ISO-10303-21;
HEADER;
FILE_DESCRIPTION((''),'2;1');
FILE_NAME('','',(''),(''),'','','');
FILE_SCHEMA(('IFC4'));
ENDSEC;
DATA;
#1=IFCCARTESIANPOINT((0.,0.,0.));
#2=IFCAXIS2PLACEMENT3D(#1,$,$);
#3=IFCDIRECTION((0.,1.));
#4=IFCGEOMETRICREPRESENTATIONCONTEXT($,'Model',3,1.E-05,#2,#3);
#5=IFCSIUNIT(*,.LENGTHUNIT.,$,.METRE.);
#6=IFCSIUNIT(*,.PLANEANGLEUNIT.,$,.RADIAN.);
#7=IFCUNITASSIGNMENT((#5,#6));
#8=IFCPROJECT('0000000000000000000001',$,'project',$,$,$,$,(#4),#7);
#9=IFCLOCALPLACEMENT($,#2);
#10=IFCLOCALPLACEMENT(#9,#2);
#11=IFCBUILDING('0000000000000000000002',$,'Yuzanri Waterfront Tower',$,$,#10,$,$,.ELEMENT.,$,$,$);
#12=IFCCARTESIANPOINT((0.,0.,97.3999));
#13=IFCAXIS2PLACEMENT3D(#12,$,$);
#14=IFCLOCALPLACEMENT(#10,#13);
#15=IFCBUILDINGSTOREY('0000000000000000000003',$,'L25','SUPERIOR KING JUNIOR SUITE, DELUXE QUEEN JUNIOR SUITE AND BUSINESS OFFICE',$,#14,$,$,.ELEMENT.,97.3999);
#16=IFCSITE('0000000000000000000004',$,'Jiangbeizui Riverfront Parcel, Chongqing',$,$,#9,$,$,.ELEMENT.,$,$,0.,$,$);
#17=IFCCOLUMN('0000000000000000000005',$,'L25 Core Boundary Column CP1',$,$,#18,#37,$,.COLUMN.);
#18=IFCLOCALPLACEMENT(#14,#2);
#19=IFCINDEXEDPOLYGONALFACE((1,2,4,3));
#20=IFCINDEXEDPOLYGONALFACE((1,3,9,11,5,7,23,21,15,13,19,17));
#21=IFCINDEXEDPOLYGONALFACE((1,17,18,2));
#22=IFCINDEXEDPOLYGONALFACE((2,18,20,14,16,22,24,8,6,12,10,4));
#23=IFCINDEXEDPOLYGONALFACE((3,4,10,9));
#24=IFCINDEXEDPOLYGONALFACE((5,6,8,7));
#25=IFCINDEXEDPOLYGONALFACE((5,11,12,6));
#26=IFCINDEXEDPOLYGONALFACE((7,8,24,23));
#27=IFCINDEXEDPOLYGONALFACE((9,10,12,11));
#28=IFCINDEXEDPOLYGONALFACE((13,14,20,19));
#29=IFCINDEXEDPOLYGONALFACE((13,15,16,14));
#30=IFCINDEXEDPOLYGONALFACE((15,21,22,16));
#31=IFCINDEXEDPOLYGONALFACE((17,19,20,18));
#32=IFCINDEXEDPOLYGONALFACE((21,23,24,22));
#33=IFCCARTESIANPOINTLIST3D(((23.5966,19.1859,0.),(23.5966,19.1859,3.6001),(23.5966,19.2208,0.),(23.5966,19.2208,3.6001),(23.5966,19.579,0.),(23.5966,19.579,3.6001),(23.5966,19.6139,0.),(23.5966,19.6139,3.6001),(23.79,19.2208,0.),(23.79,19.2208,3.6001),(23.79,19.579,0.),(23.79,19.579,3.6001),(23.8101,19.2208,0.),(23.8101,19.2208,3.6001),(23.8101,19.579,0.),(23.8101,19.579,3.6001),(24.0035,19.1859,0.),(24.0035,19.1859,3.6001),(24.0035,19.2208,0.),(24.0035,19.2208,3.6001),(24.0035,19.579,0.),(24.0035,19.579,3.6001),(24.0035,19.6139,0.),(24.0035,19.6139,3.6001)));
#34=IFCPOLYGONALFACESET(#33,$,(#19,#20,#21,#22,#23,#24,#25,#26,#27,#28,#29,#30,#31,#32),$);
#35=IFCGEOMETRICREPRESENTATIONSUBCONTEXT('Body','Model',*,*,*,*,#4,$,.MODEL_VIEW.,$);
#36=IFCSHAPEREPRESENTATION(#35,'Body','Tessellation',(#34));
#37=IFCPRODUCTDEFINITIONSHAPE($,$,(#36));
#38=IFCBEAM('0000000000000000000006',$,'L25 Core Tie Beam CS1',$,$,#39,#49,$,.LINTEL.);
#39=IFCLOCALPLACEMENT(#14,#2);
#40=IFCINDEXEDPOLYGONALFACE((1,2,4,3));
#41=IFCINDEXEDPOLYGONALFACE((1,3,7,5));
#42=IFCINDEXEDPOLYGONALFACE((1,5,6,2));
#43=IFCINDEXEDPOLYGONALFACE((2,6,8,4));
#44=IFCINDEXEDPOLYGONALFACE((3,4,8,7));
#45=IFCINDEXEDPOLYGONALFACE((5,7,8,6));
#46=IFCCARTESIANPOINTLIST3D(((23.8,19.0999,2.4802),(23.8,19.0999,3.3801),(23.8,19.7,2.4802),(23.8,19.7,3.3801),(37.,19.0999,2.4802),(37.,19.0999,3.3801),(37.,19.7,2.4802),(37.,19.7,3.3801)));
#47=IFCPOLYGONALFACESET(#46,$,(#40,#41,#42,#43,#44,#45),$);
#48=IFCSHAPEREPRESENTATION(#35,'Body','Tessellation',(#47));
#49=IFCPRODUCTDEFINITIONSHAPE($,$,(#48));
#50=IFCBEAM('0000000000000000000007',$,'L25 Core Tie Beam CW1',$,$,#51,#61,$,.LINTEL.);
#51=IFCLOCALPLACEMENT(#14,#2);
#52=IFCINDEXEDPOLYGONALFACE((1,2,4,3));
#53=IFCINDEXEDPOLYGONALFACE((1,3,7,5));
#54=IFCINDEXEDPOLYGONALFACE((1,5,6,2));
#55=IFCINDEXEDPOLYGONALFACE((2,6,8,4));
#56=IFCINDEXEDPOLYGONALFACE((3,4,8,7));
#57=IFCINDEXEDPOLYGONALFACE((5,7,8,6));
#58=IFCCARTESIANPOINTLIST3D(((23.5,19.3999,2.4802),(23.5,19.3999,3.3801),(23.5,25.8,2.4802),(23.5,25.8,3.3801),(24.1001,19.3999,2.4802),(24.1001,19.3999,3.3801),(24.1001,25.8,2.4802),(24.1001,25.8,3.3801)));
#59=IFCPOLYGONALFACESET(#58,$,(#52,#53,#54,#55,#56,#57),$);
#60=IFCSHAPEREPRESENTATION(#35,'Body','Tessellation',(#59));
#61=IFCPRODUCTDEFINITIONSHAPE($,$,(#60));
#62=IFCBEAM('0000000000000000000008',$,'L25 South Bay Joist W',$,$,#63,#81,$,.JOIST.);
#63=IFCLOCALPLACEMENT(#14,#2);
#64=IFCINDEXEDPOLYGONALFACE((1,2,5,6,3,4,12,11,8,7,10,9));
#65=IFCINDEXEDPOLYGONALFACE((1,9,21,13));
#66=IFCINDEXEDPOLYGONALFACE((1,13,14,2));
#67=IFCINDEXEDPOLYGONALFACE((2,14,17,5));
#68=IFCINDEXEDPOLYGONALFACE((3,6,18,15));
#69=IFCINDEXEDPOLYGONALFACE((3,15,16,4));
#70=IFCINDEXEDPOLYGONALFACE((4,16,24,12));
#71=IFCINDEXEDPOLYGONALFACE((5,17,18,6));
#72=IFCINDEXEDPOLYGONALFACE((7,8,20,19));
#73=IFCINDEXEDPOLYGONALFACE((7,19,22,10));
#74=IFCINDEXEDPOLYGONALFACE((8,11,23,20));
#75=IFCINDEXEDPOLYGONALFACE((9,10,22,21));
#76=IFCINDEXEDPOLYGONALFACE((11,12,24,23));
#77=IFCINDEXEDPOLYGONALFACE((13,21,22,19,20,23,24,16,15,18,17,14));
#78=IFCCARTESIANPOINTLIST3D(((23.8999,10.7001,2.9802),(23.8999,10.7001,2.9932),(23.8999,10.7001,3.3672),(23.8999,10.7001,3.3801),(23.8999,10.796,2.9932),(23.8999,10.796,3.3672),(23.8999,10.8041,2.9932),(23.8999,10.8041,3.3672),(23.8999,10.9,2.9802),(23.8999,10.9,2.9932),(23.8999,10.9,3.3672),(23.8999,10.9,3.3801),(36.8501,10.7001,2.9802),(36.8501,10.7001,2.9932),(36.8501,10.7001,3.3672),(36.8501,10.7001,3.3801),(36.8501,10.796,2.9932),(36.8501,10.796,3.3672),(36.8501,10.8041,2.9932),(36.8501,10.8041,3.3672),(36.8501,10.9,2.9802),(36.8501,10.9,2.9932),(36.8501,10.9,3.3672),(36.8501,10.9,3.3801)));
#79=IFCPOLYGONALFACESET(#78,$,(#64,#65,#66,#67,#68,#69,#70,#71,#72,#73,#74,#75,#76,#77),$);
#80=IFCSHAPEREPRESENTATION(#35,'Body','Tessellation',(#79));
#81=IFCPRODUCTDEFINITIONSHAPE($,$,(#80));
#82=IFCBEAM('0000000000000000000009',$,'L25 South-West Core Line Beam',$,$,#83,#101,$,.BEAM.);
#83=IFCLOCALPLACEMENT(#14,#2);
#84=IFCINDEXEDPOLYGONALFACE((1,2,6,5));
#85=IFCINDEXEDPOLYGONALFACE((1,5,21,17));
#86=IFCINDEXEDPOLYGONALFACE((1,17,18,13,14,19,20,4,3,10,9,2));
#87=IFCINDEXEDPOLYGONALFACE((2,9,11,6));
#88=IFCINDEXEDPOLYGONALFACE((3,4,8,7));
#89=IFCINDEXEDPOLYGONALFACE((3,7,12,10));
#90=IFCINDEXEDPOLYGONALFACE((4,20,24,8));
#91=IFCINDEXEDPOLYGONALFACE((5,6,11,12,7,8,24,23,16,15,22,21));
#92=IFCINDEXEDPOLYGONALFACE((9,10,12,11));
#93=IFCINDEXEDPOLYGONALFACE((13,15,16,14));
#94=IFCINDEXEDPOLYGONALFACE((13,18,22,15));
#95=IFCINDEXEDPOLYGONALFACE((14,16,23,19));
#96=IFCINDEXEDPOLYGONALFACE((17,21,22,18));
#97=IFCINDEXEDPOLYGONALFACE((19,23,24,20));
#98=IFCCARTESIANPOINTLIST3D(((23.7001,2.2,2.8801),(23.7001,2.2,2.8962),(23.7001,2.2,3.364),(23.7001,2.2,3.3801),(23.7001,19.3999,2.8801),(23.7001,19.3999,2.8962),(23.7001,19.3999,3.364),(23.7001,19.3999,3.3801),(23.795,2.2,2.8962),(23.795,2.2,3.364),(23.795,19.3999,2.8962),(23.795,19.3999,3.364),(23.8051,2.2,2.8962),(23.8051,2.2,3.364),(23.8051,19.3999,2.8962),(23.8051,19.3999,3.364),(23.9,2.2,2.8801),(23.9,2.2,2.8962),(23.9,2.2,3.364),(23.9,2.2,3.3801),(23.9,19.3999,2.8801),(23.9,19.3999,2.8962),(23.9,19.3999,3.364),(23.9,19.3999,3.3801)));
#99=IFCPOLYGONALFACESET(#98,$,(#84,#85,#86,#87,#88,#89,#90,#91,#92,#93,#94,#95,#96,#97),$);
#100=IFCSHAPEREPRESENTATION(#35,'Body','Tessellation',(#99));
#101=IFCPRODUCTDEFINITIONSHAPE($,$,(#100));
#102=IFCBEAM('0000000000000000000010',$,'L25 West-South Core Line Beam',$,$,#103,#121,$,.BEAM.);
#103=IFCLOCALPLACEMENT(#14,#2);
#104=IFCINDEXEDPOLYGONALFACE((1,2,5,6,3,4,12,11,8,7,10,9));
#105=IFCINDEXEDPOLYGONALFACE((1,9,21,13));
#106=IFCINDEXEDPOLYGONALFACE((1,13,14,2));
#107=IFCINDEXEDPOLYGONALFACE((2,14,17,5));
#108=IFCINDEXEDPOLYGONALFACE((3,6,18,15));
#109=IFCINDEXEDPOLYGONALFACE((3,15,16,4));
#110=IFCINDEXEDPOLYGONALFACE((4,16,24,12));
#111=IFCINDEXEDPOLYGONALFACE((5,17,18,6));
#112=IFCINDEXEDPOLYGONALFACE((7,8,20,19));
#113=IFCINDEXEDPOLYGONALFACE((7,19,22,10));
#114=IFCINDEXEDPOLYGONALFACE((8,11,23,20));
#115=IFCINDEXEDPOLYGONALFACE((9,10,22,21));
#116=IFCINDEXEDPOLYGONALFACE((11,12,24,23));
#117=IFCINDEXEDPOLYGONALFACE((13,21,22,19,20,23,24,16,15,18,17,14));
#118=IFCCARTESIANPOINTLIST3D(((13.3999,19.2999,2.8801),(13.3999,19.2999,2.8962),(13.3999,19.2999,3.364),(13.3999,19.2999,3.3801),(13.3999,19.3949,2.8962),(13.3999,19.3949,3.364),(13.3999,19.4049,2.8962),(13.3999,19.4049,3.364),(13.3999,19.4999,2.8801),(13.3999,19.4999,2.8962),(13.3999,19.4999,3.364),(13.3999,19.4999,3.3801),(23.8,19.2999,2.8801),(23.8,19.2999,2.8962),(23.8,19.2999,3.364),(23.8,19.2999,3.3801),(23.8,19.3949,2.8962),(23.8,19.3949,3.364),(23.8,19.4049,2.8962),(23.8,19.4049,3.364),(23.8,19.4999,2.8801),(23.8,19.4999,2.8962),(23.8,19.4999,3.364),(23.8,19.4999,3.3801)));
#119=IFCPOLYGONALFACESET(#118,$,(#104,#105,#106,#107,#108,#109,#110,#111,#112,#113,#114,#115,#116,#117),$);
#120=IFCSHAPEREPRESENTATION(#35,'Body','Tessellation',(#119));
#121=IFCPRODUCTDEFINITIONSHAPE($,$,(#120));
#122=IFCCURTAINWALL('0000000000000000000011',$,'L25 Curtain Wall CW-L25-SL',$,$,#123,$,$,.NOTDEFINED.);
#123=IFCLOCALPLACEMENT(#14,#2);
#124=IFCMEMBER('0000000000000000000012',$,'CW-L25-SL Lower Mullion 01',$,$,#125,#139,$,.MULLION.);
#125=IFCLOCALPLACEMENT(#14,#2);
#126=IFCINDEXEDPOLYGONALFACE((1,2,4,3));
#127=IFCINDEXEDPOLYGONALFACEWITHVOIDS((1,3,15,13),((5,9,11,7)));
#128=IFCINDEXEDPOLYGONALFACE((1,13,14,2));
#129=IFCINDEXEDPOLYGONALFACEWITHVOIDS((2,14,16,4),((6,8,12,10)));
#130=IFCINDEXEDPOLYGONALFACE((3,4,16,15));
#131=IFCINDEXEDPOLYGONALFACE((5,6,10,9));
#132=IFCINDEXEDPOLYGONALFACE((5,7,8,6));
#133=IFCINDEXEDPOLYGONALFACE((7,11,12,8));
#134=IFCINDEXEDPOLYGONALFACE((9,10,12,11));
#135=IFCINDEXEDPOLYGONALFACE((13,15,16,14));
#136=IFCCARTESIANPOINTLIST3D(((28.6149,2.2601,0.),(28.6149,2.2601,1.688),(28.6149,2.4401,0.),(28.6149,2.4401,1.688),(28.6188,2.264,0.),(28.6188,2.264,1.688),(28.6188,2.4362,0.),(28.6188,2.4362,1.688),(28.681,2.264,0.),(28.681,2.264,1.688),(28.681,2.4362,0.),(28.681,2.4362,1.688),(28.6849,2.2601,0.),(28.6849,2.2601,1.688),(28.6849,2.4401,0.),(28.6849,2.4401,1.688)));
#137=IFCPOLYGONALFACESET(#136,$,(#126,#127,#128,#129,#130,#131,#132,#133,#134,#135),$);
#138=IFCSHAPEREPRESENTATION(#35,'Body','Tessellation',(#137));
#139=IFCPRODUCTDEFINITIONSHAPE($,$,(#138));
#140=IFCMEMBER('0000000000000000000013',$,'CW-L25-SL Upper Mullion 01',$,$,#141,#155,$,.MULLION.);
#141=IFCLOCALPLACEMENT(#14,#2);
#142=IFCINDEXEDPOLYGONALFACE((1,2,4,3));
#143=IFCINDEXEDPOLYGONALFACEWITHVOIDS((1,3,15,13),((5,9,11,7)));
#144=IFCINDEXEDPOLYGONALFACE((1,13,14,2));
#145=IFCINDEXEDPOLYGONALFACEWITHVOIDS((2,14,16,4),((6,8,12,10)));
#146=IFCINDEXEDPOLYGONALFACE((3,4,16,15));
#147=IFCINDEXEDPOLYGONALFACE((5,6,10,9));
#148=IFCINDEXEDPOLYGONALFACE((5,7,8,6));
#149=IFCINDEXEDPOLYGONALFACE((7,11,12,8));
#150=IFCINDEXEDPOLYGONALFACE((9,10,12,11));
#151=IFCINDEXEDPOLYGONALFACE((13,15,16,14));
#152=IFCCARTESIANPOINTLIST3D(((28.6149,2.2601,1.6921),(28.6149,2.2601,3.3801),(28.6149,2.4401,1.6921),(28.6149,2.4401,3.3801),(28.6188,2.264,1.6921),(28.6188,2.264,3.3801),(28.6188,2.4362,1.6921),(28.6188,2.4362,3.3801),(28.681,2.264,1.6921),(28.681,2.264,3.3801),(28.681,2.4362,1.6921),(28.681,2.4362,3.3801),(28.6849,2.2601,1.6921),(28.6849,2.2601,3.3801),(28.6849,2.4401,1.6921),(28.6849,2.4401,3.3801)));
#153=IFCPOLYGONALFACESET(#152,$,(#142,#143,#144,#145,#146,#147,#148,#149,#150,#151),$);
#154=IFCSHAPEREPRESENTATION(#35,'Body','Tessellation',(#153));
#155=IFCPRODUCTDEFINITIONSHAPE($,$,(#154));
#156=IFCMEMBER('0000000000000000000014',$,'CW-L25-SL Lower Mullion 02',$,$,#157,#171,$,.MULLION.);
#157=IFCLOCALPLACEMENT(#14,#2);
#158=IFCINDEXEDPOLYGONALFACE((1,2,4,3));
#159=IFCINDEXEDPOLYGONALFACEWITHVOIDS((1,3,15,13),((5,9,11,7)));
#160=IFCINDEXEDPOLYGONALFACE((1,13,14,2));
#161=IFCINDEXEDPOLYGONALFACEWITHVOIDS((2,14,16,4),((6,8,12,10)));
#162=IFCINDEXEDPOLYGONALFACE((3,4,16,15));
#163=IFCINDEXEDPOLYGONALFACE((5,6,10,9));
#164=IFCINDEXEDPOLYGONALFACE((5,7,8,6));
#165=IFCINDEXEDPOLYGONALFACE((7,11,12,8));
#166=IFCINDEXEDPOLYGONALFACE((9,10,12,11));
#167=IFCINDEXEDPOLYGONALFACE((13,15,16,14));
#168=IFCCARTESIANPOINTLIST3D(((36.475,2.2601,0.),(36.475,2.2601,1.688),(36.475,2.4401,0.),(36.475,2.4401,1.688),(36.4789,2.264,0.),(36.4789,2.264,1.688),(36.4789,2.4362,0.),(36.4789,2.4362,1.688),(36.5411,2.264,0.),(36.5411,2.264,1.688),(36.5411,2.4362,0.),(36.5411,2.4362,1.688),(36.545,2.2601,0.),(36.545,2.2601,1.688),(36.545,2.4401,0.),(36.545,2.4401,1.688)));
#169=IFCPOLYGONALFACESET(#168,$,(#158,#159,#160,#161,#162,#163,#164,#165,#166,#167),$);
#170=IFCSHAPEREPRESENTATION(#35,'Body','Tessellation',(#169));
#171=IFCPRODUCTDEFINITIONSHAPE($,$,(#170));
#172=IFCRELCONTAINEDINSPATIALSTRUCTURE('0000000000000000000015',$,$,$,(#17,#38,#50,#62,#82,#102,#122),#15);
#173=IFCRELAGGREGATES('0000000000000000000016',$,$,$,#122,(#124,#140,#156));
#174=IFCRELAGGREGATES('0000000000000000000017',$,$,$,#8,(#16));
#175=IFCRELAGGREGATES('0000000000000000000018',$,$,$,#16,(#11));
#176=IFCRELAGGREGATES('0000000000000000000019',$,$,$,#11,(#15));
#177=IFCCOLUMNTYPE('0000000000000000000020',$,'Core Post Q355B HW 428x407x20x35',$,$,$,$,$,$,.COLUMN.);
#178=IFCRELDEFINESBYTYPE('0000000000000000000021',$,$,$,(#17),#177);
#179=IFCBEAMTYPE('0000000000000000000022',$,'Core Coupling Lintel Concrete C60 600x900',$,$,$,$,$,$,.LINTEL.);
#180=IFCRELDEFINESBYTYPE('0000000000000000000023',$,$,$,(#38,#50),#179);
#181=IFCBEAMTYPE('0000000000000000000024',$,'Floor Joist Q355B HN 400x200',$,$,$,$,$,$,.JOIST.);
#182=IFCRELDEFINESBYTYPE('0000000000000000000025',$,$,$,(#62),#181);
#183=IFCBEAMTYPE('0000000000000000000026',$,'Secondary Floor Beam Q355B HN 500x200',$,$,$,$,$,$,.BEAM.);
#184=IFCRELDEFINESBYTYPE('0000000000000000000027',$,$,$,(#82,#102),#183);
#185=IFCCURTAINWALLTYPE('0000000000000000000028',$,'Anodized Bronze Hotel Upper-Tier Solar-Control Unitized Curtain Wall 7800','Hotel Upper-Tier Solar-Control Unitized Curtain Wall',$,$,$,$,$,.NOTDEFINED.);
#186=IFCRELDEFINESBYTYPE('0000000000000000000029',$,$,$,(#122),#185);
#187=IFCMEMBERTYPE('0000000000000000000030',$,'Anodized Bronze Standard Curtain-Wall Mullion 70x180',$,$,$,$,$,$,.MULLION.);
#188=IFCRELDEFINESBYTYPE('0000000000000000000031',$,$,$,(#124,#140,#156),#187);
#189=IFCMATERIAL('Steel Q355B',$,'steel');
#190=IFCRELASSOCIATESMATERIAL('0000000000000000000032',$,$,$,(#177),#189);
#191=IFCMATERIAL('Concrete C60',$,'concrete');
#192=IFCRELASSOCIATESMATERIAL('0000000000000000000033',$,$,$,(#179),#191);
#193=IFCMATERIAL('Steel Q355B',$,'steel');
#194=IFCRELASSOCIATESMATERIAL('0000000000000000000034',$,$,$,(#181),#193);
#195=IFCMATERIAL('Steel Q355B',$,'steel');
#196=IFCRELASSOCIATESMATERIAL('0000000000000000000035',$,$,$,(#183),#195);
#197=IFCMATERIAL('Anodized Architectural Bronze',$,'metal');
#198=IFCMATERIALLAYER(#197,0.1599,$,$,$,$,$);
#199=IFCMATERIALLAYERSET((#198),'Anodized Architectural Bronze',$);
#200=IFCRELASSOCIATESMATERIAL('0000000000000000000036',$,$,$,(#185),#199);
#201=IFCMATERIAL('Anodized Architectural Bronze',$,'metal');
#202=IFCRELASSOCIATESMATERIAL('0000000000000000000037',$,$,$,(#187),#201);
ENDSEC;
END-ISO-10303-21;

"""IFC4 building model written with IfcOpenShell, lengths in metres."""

from ifc_helpers import new_model, si_unit, direction, frame, origin, origin_2d, place, context, subcontext, project, spatial, rectangle, hollow_rectangle, i_section, extrude, source, transform, mapped, material, layer, layer_set, material_profile, profile_set, type_object, element, aggregate, save


model = new_model("IFC4")

# Units and contexts
model_context = context("Model", 3, precision=1e-05, world=origin(), true_north=direction((0.0, 1.0)))
body_context = subcontext(model_context, "Body", "Model", "MODEL_VIEW")
ifc_project = project(units=[si_unit("LENGTHUNIT", "METRE"), si_unit("PLANEANGLEUNIT", "RADIAN")], contexts=[model_context])

# Site, building, storey
site_placement = place(None, origin())
site = spatial("IfcSite", under=ifc_project, at=site_placement, Name="Jiangbeizui Riverfront Parcel, Chongqing", CompositionType="ELEMENT", RefElevation=0.0)
building_placement = place(site_placement, origin())
building = spatial("IfcBuilding", under=site, at=building_placement, Name="Yuzanri Waterfront Tower", CompositionType="ELEMENT")
storey_placement = place(building_placement, frame((0.0, 0.0, 97.3999)))
storey = spatial("IfcBuildingStorey", under=building, at=storey_placement, Name="L25", Description="SUPERIOR KING JUNIOR SUITE, DELUXE QUEEN JUNIOR SUITE AND BUSINESS OFFICE", CompositionType="ELEMENT", Elevation=97.3999)

# Column
ifc_material_1 = material(Name="Steel Q355B", Category="steel")
ifc_material_profile_1 = material_profile(ifc_material_1, i_section(OverallWidth=0.407, OverallDepth=0.428, WebThickness=0.02, FlangeThickness=0.0349, at=origin_2d()), Name="HW 428x407x20x35")
ifc_profile_set_1 = profile_set([ifc_material_profile_1], Name="Steel Q355B")
column_type = type_object("IfcColumnType", Name="Core Post Q355B HW 428x407x20x35", PredefinedType="COLUMN", material=ifc_profile_set_1)
shared_shape_1 = source(origin(), body_context, "Body", "SweptSolid", [
    extrude(i_section(OverallWidth=0.407, OverallDepth=0.428, WebThickness=0.02, FlangeThickness=0.0349, at=origin_2d()), origin(), (0.0, 0.0, 1.0), 3.6001),
])
column_placement = place(storey_placement, frame((23.8, 19.3999, 0.0), z_axis=(0.0, 0.0, 1.0), x_axis=(1.0, 0.0, 0.0)))
element("IfcColumn", 1, at=column_placement, inside=storey, type_object=column_type, Name="L25 Core Boundary Column CP1", PredefinedType="COLUMN", context=body_context, shape_type="MappedRepresentation", body=[
    mapped(shared_shape_1, transform((0.0, 0.0, 0.0), scale=1.0)),
])

# Beams
ifc_material_2 = material(Name="Concrete C60", Category="concrete")
ifc_material_profile_2 = material_profile(ifc_material_2, rectangle(XDim=0.6001, YDim=0.8999, at=origin_2d()), Name="RC 600x900")
ifc_profile_set_2 = profile_set([ifc_material_profile_2], Name="Concrete C60")
beam_type_1 = type_object("IfcBeamType", Name="Core Coupling Lintel Concrete C60 600x900", PredefinedType="LINTEL", material=ifc_profile_set_2)
shared_shape_2 = source(origin(), body_context, "Body", "SweptSolid", [
    extrude(rectangle(XDim=0.6001, YDim=0.8999, at=origin_2d()), origin(), (0.0, 0.0, 1.0), 13.2),
])
beam_1_placement = place(storey_placement, frame((23.8, 19.3999, 2.9302), z_axis=(1.0, 0.0, 0.0), x_axis=(0.0, 1.0, 0.0)))
element("IfcBeam", 2, at=beam_1_placement, inside=storey, type_object=beam_type_1, Name="L25 Core Tie Beam CS1", PredefinedType="LINTEL", context=body_context, shape_type="MappedRepresentation", body=[
    mapped(shared_shape_2, transform((0.0, 0.0, 0.0), scale=1.0)),
])
shared_shape_3 = source(origin(), body_context, "Body", "SweptSolid", [
    extrude(rectangle(XDim=0.6001, YDim=0.8999, at=origin_2d()), origin(), (0.0, 0.0, 1.0), 6.4001),
])
beam_2_placement = place(storey_placement, frame((23.8, 19.3999, 2.9302), z_axis=(0.0, 1.0, 0.0), x_axis=(-1.0, 0.0, 0.0)))
element("IfcBeam", 3, at=beam_2_placement, inside=storey, type_object=beam_type_1, Name="L25 Core Tie Beam CW1", PredefinedType="LINTEL", context=body_context, shape_type="MappedRepresentation", body=[
    mapped(shared_shape_3, transform((0.0, 0.0, 0.0), scale=1.0)),
])
ifc_material_3 = material(Name="Steel Q355B", Category="steel")
ifc_material_profile_3 = material_profile(ifc_material_3, i_section(OverallWidth=0.2, OverallDepth=0.3999, WebThickness=0.0081, FlangeThickness=0.0129, at=origin_2d()), Name="HN 400x200x8x13")
ifc_profile_set_3 = profile_set([ifc_material_profile_3], Name="Steel Q355B")
beam_type_2 = type_object("IfcBeamType", Name="Floor Joist Q355B HN 400x200", PredefinedType="JOIST", material=ifc_profile_set_3)
shared_shape_4 = source(origin(), body_context, "Body", "SweptSolid", [
    extrude(i_section(OverallWidth=0.2, OverallDepth=0.3999, WebThickness=0.0081, FlangeThickness=0.0129, at=origin_2d()), origin(), (0.0, 0.0, 1.0), 12.9502),
])
beam_3_placement = place(storey_placement, frame((23.8999, 10.8, 3.1802), z_axis=(1.0, 0.0, 0.0), x_axis=(0.0, 1.0, 0.0)))
element("IfcBeam", 4, at=beam_3_placement, inside=storey, type_object=beam_type_2, Name="L25 South Bay Joist W", PredefinedType="JOIST", context=body_context, shape_type="MappedRepresentation", body=[
    mapped(shared_shape_4, transform((0.0, 0.0, 0.0), scale=1.0)),
])
ifc_material_4 = material(Name="Steel Q355B", Category="steel")
ifc_material_profile_4 = material_profile(ifc_material_4, i_section(OverallWidth=0.2, OverallDepth=0.5, WebThickness=0.01, FlangeThickness=0.0161, at=origin_2d()), Name="HN 500x200x10x16")
ifc_profile_set_4 = profile_set([ifc_material_profile_4], Name="Steel Q355B")
beam_type_3 = type_object("IfcBeamType", Name="Secondary Floor Beam Q355B HN 500x200", PredefinedType="BEAM", material=ifc_profile_set_4)
shared_shape_5 = source(origin(), body_context, "Body", "SweptSolid", [
    extrude(i_section(OverallWidth=0.2, OverallDepth=0.5, WebThickness=0.01, FlangeThickness=0.0161, at=origin_2d()), origin(), (0.0, 0.0, 1.0), 17.2),
])
beam_4_placement = place(storey_placement, frame((23.8, 19.3999, 3.1301), z_axis=(0.0, -1.0, 0.0), x_axis=(1.0, 0.0, 0.0)))
element("IfcBeam", 5, at=beam_4_placement, inside=storey, type_object=beam_type_3, Name="L25 South-West Core Line Beam", PredefinedType="BEAM", context=body_context, shape_type="MappedRepresentation", body=[
    mapped(shared_shape_5, transform((0.0, 0.0, 0.0), scale=1.0)),
])
shared_shape_6 = source(origin(), body_context, "Body", "SweptSolid", [
    extrude(i_section(OverallWidth=0.2, OverallDepth=0.5, WebThickness=0.01, FlangeThickness=0.0161, at=origin_2d()), origin(), (0.0, 0.0, 1.0), 10.4001),
])
beam_5_placement = place(storey_placement, frame((23.8, 19.3999, 3.1301), z_axis=(-1.0, 0.0, 0.0), x_axis=(0.0, -1.0, 0.0)))
element("IfcBeam", 6, at=beam_5_placement, inside=storey, type_object=beam_type_3, Name="L25 West-South Core Line Beam", PredefinedType="BEAM", context=body_context, shape_type="MappedRepresentation", body=[
    mapped(shared_shape_6, transform((0.0, 0.0, 0.0), scale=1.0)),
])

# Curtain wall, members
ifc_material_5 = material(Name="Anodized Architectural Bronze", Category="metal")
ifc_layer_1 = layer(ifc_material_5, 0.1599)
ifc_layer_set_1 = layer_set([ifc_layer_1], Name="Anodized Architectural Bronze")
curtain_wall_type = type_object("IfcCurtainWallType", Name="Anodized Bronze Hotel Upper-Tier Solar-Control Unitized Curtain Wall 7800", Description="Hotel Upper-Tier Solar-Control Unitized Curtain Wall", PredefinedType="NOTDEFINED", material=ifc_layer_set_1)
curtain_wall_placement = place(storey_placement, origin())
curtain_wall = element("IfcCurtainWall", 7, at=curtain_wall_placement, inside=storey, type_object=curtain_wall_type, Name="L25 Curtain Wall CW-L25-SL", PredefinedType="NOTDEFINED")
ifc_material_6 = material(Name="Anodized Architectural Bronze", Category="metal")
ifc_material_profile_5 = material_profile(ifc_material_6, hollow_rectangle(XDim=0.0701, YDim=0.1799, WallThickness=0.0039, at=origin_2d()), Name="CWM 70x180")
ifc_profile_set_5 = profile_set([ifc_material_profile_5], Name="Anodized Architectural Bronze")
member_type = type_object("IfcMemberType", Name="Anodized Bronze Standard Curtain-Wall Mullion 70x180", PredefinedType="MULLION", material=ifc_profile_set_5)
shared_shape_7 = source(origin(), body_context, "Body", "SweptSolid", [
    extrude(hollow_rectangle(XDim=0.0701, YDim=0.1799, WallThickness=0.0039, at=origin_2d()), origin(), (0.0, 0.0, 1.0), 1.688),
])
member_1_placement = place(storey_placement, frame((28.6499, 2.3501, 0.0), z_axis=(0.0, 0.0, 1.0), x_axis=(1.0, 0.0, 0.0)))
member_1 = element("IfcMember", 8, at=member_1_placement, type_object=member_type, Name="CW-L25-SL Lower Mullion 01", PredefinedType="MULLION", context=body_context, shape_type="MappedRepresentation", body=[
    mapped(shared_shape_7, transform((0.0, 0.0, 0.0), scale=1.0)),
])
member_2_placement = place(storey_placement, frame((28.6499, 2.3501, 1.6921), z_axis=(0.0, 0.0, 1.0), x_axis=(1.0, 0.0, 0.0)))
member_2 = element("IfcMember", 9, at=member_2_placement, type_object=member_type, Name="CW-L25-SL Upper Mullion 01", PredefinedType="MULLION", context=body_context, shape_type="MappedRepresentation", body=[
    mapped(shared_shape_7, transform((0.0, 0.0, 0.0), scale=1.0)),
])
member_3_placement = place(storey_placement, frame((36.51, 2.3501, 0.0), z_axis=(0.0, 0.0, 1.0), x_axis=(1.0, 0.0, 0.0)))
member_3 = element("IfcMember", 10, at=member_3_placement, type_object=member_type, Name="CW-L25-SL Lower Mullion 02", PredefinedType="MULLION", context=body_context, shape_type="MappedRepresentation", body=[
    mapped(shared_shape_7, transform((0.0, 0.0, 0.0), scale=1.0)),
])
aggregate(curtain_wall, [member_1, member_2, member_3])

save(model, "model.ifc")
